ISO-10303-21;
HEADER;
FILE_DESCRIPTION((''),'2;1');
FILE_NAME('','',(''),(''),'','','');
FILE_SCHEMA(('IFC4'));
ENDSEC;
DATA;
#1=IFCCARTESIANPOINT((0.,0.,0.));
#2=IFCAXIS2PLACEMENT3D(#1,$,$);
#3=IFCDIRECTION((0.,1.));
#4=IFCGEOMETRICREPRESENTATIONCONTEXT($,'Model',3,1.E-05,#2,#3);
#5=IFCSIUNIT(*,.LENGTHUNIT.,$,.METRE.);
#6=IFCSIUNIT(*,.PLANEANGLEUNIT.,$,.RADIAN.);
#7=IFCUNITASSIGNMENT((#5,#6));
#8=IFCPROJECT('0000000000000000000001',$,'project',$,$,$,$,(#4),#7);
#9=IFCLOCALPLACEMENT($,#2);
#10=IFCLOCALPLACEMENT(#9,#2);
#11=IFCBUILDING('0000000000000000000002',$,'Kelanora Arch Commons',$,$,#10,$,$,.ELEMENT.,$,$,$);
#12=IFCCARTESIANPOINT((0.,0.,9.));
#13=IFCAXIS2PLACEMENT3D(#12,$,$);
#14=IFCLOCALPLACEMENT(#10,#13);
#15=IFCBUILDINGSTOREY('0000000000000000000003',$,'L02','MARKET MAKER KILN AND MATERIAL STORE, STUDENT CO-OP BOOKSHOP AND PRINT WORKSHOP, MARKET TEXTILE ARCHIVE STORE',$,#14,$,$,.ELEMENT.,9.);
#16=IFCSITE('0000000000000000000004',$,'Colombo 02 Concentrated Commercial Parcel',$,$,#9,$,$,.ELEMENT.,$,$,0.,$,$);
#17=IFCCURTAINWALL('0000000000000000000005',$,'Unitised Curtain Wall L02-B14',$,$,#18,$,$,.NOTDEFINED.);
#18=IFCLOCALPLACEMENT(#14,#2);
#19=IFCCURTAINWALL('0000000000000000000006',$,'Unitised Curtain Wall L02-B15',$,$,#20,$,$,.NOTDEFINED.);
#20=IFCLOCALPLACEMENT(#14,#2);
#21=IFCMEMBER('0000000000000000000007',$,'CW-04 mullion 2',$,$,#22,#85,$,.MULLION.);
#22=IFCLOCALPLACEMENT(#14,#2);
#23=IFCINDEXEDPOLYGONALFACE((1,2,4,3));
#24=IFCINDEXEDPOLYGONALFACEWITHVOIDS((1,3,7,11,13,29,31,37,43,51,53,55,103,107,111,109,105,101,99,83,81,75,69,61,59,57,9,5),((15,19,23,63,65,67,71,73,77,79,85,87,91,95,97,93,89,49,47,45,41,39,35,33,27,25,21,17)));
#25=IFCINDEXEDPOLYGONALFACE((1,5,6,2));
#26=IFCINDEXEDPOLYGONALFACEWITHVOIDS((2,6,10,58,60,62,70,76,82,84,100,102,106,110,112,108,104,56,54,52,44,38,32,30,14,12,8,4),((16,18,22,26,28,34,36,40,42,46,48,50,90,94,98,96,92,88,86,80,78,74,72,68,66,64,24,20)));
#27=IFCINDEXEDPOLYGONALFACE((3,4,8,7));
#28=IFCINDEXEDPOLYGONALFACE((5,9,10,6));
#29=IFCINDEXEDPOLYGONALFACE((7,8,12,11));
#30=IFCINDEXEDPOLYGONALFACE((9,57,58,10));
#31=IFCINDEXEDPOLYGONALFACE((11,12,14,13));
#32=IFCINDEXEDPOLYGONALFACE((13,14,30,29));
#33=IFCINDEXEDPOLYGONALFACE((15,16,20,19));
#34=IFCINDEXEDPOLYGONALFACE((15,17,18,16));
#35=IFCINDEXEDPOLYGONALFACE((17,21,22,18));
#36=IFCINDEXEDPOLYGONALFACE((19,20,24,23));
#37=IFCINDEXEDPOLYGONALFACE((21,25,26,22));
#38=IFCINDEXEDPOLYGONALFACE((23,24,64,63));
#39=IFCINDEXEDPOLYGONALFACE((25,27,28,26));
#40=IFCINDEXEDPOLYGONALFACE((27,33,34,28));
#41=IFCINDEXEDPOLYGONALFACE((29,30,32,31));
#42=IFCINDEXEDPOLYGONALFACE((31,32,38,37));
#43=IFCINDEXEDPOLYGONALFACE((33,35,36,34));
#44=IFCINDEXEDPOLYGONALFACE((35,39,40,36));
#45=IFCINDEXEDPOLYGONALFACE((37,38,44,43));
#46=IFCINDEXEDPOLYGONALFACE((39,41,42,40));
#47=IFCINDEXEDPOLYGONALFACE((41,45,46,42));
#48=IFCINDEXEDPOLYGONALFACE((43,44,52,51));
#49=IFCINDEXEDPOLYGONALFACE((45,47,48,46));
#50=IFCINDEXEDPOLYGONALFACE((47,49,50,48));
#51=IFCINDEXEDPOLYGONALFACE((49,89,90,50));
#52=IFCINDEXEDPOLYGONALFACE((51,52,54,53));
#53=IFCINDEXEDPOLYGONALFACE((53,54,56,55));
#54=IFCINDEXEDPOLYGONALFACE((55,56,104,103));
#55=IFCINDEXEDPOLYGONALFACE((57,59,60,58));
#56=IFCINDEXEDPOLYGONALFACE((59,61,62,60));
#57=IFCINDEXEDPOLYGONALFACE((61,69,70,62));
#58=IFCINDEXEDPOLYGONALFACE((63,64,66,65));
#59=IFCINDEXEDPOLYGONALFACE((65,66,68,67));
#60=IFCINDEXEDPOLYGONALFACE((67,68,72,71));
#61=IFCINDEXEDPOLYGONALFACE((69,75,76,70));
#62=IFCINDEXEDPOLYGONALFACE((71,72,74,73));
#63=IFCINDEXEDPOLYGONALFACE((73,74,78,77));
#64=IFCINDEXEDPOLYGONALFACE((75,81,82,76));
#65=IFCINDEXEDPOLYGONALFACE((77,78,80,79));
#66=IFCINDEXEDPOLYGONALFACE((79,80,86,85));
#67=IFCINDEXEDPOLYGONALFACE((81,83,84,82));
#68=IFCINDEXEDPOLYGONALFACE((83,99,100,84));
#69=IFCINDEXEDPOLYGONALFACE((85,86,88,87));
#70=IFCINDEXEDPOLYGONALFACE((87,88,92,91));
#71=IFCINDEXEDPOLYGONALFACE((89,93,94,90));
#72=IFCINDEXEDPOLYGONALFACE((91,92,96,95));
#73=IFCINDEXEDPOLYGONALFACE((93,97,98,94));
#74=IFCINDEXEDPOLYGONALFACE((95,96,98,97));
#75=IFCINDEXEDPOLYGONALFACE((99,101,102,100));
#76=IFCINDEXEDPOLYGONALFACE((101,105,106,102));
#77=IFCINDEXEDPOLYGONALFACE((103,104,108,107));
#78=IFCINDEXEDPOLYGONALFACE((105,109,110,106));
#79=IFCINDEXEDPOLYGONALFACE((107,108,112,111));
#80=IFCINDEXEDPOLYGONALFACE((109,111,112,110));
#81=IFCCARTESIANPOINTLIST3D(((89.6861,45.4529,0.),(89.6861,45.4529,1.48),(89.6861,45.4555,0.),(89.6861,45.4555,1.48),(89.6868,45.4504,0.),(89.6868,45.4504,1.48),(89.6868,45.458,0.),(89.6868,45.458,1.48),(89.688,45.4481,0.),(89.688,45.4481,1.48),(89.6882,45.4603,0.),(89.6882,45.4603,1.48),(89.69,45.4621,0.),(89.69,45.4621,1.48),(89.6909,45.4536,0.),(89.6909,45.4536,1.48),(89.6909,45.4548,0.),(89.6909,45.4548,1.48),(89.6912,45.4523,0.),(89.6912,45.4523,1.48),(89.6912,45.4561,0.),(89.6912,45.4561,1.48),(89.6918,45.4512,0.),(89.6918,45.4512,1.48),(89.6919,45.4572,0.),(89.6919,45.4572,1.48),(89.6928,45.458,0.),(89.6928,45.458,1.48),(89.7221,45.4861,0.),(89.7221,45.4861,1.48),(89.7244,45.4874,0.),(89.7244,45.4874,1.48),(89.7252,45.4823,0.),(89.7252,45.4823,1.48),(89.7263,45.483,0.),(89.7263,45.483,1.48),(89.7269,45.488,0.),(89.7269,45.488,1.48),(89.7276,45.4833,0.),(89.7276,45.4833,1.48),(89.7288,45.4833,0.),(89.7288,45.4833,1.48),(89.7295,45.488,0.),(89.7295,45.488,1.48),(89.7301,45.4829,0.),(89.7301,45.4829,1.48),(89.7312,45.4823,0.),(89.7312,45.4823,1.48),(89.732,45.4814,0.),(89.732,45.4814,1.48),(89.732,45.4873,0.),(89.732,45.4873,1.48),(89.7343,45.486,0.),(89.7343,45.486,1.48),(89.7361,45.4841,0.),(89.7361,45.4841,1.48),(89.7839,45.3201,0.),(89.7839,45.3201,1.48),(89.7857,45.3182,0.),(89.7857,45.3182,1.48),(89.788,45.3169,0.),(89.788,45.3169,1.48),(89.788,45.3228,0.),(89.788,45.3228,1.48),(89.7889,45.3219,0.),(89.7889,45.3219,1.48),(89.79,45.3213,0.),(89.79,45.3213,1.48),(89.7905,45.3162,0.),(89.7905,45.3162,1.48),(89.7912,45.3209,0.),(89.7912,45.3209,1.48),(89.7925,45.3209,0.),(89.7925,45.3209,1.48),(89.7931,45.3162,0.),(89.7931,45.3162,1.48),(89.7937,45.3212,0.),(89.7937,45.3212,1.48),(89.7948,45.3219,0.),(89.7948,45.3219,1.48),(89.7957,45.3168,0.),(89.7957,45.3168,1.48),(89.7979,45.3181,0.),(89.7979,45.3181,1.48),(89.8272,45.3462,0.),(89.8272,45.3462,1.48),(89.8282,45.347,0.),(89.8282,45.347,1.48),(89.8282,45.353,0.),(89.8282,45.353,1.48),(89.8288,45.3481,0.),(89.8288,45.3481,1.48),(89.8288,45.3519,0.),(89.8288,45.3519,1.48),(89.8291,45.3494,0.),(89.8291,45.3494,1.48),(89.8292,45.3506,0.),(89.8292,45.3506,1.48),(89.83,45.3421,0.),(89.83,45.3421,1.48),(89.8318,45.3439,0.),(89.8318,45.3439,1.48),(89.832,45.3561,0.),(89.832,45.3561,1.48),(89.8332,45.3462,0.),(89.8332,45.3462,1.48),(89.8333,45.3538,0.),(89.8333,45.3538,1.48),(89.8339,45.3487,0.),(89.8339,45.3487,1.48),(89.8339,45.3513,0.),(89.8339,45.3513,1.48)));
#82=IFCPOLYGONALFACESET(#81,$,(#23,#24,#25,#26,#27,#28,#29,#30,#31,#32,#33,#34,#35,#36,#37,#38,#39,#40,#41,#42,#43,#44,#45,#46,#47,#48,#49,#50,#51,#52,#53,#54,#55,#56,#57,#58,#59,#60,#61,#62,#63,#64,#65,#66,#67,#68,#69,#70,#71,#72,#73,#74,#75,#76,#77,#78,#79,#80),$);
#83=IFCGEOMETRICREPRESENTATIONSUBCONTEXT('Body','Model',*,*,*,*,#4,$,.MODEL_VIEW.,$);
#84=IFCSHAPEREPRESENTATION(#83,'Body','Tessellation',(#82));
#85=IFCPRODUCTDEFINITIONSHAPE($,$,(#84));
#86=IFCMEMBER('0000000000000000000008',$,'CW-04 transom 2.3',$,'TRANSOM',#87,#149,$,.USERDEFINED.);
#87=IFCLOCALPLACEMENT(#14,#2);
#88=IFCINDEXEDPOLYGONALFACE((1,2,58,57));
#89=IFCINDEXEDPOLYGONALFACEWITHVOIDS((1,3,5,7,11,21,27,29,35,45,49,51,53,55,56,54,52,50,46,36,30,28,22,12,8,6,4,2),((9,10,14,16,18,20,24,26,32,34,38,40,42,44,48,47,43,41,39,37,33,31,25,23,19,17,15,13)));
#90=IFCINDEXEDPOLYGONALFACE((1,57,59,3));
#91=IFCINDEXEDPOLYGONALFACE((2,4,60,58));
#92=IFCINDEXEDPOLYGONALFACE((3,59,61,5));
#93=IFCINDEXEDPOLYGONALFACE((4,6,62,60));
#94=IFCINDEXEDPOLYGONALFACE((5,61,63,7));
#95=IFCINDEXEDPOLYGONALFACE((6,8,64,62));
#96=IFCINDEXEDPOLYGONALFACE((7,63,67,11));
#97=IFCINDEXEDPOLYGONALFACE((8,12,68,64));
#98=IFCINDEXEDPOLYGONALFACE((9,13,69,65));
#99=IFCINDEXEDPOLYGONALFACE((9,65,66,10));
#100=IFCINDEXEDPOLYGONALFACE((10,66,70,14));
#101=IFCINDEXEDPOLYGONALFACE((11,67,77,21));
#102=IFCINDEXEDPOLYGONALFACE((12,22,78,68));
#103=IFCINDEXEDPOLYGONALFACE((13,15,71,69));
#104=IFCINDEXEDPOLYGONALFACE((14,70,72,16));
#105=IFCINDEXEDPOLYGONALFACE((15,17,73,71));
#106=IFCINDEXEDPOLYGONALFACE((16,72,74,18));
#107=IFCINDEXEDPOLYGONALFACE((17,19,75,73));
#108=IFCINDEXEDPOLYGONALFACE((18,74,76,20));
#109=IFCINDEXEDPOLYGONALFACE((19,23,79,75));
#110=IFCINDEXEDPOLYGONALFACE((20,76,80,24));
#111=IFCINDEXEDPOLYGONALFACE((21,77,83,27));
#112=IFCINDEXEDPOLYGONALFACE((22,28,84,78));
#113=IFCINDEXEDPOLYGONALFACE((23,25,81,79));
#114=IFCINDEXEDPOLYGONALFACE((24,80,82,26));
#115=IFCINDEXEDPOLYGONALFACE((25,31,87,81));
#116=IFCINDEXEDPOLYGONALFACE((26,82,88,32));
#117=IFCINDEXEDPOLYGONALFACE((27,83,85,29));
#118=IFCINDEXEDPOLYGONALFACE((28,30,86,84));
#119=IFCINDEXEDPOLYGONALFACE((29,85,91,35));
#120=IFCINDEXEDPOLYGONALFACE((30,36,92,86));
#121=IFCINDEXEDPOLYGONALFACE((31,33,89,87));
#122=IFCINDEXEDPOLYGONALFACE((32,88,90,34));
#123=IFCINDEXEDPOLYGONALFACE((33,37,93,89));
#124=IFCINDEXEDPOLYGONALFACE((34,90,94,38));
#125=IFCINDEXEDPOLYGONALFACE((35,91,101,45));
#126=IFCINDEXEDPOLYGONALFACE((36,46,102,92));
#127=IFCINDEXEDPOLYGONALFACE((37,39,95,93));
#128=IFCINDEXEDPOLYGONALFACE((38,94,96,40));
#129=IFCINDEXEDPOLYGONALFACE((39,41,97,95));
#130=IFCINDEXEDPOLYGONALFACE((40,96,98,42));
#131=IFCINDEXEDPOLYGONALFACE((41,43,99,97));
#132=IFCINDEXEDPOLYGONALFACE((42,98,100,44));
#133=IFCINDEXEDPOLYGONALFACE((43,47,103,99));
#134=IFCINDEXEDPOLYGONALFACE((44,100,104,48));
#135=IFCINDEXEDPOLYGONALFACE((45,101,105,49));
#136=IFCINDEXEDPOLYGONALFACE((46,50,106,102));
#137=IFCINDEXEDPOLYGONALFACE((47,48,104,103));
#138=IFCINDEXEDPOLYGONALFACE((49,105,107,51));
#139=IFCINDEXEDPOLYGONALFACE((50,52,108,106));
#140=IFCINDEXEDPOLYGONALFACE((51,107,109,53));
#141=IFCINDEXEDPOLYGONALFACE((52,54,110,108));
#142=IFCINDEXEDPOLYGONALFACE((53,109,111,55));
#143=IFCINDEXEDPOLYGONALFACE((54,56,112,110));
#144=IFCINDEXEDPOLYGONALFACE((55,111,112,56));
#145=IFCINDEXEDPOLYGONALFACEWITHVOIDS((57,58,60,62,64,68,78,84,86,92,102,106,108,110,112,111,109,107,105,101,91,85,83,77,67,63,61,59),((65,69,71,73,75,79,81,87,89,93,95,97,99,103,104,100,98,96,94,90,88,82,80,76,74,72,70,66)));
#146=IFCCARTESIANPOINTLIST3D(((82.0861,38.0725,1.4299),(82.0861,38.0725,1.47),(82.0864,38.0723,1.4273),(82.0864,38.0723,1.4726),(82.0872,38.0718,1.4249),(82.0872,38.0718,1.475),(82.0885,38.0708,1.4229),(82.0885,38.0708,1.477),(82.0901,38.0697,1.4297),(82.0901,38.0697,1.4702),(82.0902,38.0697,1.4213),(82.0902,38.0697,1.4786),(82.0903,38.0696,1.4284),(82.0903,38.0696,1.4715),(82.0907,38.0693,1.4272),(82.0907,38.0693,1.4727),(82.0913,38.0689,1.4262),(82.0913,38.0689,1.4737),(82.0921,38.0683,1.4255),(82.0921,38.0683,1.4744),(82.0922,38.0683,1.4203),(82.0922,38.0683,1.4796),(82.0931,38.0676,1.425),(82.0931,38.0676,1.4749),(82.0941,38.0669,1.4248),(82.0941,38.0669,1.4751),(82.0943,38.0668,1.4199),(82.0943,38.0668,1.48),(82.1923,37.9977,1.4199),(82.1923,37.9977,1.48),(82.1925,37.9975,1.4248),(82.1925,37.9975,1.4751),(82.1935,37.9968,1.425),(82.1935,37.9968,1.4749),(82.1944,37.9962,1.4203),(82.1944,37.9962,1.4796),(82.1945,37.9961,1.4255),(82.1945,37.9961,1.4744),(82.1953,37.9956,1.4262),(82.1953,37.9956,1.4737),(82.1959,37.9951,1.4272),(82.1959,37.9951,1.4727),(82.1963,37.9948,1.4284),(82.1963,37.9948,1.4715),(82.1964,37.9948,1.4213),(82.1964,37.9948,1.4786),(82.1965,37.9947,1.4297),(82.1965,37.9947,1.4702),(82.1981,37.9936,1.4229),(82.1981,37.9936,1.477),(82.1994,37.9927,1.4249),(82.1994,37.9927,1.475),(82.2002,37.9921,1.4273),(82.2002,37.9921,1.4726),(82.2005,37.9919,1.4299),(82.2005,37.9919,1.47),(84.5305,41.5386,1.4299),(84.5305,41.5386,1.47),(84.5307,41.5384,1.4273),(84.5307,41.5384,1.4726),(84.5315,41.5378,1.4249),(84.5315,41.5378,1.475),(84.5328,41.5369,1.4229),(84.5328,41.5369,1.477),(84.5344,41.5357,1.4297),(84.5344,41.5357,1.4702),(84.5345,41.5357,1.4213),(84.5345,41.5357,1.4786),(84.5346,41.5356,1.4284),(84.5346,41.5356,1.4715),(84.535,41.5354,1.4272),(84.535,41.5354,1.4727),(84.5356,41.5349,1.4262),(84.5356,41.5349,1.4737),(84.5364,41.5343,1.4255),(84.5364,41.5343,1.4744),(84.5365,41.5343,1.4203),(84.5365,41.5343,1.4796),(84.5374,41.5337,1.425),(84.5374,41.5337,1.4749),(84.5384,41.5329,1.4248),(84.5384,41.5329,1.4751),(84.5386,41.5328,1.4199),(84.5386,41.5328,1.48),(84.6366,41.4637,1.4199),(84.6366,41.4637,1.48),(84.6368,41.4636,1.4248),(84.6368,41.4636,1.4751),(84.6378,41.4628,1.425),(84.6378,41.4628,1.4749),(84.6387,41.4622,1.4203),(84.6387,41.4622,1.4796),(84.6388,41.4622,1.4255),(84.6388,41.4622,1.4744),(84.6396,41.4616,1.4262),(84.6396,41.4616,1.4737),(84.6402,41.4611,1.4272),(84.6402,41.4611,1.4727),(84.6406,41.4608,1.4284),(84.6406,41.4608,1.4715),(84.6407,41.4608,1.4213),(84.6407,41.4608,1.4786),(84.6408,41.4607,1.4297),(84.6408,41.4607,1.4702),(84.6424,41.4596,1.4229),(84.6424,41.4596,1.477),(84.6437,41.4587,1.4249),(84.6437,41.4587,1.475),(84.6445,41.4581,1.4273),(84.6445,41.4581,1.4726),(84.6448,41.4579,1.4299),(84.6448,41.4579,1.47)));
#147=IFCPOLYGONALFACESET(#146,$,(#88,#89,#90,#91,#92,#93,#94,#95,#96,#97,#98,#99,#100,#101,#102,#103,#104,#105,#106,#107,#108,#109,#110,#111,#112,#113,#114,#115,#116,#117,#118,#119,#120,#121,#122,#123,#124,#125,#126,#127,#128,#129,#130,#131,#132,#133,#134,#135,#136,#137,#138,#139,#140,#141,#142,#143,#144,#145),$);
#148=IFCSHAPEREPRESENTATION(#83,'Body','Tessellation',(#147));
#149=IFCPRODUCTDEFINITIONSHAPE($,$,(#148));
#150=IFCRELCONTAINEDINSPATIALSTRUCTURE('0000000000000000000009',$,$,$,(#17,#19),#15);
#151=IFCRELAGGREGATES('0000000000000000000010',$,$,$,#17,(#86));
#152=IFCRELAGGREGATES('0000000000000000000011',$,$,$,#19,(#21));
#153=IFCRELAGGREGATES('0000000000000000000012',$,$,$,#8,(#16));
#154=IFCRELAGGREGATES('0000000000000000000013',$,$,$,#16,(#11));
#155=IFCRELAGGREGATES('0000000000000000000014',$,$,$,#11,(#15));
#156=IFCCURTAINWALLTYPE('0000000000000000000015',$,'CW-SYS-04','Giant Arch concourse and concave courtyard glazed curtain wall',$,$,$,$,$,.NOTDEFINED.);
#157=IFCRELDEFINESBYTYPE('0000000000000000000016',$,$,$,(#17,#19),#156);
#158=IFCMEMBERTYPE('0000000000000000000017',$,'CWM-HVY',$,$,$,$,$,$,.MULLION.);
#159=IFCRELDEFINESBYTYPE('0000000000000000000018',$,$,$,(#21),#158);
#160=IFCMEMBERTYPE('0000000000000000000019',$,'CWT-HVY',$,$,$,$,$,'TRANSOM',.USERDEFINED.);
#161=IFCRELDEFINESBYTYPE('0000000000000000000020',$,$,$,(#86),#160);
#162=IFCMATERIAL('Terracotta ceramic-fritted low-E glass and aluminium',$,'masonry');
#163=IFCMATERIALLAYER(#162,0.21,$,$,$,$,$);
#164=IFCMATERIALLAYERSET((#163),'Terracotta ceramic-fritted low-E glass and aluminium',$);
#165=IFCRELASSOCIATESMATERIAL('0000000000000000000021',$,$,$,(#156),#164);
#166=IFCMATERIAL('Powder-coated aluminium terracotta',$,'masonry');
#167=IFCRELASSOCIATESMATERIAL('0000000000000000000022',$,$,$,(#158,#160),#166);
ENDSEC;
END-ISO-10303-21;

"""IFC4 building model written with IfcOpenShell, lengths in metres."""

from ifc_helpers import new_model, si_unit, direction, frame, origin, origin_2d, place, context, subcontext, project, spatial, hollow_rectangle, extrude, material, layer, layer_set, material_profile, profile_set, type_object, element, aggregate, save


model = new_model("IFC4")

# Units and contexts
model_context = context("Model", 3, precision=1e-05, world=origin(), true_north=direction((0.0, 1.0)))
body_context = subcontext(model_context, "Body", "Model", "MODEL_VIEW")
ifc_project = project(units=[si_unit("LENGTHUNIT", "METRE"), si_unit("PLANEANGLEUNIT", "RADIAN")], contexts=[model_context])

# Site, building, storey
site_placement = place(None, origin())
site = spatial("IfcSite", under=ifc_project, at=site_placement, Name="Colombo 02 Concentrated Commercial Parcel", CompositionType="ELEMENT", RefElevation=0.0)
building_placement = place(site_placement, origin())
building = spatial("IfcBuilding", under=site, at=building_placement, Name="Kelanora Arch Commons", CompositionType="ELEMENT")
storey_placement = place(building_placement, frame((0.0, 0.0, 9.0)))
storey = spatial("IfcBuildingStorey", under=building, at=storey_placement, Name="L02", Description="MARKET MAKER KILN AND MATERIAL STORE, STUDENT CO-OP BOOKSHOP AND PRINT WORKSHOP, MARKET TEXTILE ARCHIVE STORE", CompositionType="ELEMENT", Elevation=9.0)

# Curtain wall
ifc_material_1 = material(Name="Terracotta ceramic-fritted low-E glass and aluminium", Category="masonry")
ifc_layer_1 = layer(ifc_material_1, 0.21)
ifc_layer_set_1 = layer_set([ifc_layer_1], Name="Terracotta ceramic-fritted low-E glass and aluminium")
curtain_wall_type = type_object("IfcCurtainWallType", Name="CW-SYS-04", Description="Giant Arch concourse and concave courtyard glazed curtain wall", PredefinedType="NOTDEFINED", material=ifc_layer_set_1)
curtain_wall_1_placement = place(storey_placement, origin())
curtain_wall_1 = element("IfcCurtainWall", 1, at=curtain_wall_1_placement, inside=storey, type_object=curtain_wall_type, Name="Unitised Curtain Wall L02-B14", PredefinedType="NOTDEFINED")
ifc_material_2 = material(Name="Powder-coated aluminium terracotta", Category="masonry")
ifc_material_profile_1 = material_profile(ifc_material_2, hollow_rectangle(XDim=0.1799, YDim=0.0601, WallThickness=0.0049, InnerFilletRadius=0.0049, OuterFilletRadius=0.01, at=origin_2d()), Name="CWM180x60")
ifc_profile_set_1 = profile_set([ifc_material_profile_1], Name="Powder-coated aluminium terracotta")
member_type_1 = type_object("IfcMemberType", Name="CWM-HVY", PredefinedType="MULLION", material=ifc_profile_set_1)

# Curtain wall, member
curtain_wall_2_placement = place(storey_placement, origin())
curtain_wall_2 = element("IfcCurtainWall", 2, at=curtain_wall_2_placement, inside=storey, type_object=curtain_wall_type, Name="Unitised Curtain Wall L02-B15", PredefinedType="NOTDEFINED")
member_1_placement = place(storey_placement, frame((89.76, 45.4021, 0.0), z_axis=(0.0, 0.0, 1.0), x_axis=(-0.599588, 0.800309, 0.0)))
member_1 = element("IfcMember", 3, at=member_1_placement, type_object=member_type_1, Name="CW-04 mullion 2", PredefinedType="MULLION", context=body_context, shape_type="SweptSolid", body=[
    extrude(hollow_rectangle(XDim=0.1799, YDim=0.0601, WallThickness=0.0049, InnerFilletRadius=0.0049, OuterFilletRadius=0.01, at=origin_2d()), origin(), (0.0, 0.0, 1.0), 1.48),
])

# Member
ifc_material_profile_2 = material_profile(ifc_material_2, hollow_rectangle(XDim=0.1399, YDim=0.0601, WallThickness=0.0049, InnerFilletRadius=0.0049, OuterFilletRadius=0.01, at=origin_2d()), Name="CWT140x60")
ifc_profile_set_2 = profile_set([ifc_material_profile_2], Name="Powder-coated aluminium terracotta")
member_type_2 = type_object("IfcMemberType", Name="CWT-HVY", ElementType="TRANSOM", PredefinedType="USERDEFINED", material=ifc_profile_set_2)
member_2_placement = place(storey_placement, frame((82.1433, 38.0322, 1.45), z_axis=(0.576322, 0.817223, 0.0), x_axis=(-0.817223, 0.576322, 0.0)))
member_2 = element("IfcMember", 4, at=member_2_placement, type_object=member_type_2, Name="CW-04 transom 2.3", ObjectType="TRANSOM", PredefinedType="USERDEFINED", context=body_context, shape_type="SweptSolid", body=[
    extrude(hollow_rectangle(XDim=0.1399, YDim=0.0601, WallThickness=0.0049, InnerFilletRadius=0.0049, OuterFilletRadius=0.01, at=origin_2d()), origin(), (0.0, 0.0, 1.0), 4.2412),
])

aggregate(curtain_wall_1, [member_2])
aggregate(curtain_wall_2, [member_1])

save(model, "model.ifc")
